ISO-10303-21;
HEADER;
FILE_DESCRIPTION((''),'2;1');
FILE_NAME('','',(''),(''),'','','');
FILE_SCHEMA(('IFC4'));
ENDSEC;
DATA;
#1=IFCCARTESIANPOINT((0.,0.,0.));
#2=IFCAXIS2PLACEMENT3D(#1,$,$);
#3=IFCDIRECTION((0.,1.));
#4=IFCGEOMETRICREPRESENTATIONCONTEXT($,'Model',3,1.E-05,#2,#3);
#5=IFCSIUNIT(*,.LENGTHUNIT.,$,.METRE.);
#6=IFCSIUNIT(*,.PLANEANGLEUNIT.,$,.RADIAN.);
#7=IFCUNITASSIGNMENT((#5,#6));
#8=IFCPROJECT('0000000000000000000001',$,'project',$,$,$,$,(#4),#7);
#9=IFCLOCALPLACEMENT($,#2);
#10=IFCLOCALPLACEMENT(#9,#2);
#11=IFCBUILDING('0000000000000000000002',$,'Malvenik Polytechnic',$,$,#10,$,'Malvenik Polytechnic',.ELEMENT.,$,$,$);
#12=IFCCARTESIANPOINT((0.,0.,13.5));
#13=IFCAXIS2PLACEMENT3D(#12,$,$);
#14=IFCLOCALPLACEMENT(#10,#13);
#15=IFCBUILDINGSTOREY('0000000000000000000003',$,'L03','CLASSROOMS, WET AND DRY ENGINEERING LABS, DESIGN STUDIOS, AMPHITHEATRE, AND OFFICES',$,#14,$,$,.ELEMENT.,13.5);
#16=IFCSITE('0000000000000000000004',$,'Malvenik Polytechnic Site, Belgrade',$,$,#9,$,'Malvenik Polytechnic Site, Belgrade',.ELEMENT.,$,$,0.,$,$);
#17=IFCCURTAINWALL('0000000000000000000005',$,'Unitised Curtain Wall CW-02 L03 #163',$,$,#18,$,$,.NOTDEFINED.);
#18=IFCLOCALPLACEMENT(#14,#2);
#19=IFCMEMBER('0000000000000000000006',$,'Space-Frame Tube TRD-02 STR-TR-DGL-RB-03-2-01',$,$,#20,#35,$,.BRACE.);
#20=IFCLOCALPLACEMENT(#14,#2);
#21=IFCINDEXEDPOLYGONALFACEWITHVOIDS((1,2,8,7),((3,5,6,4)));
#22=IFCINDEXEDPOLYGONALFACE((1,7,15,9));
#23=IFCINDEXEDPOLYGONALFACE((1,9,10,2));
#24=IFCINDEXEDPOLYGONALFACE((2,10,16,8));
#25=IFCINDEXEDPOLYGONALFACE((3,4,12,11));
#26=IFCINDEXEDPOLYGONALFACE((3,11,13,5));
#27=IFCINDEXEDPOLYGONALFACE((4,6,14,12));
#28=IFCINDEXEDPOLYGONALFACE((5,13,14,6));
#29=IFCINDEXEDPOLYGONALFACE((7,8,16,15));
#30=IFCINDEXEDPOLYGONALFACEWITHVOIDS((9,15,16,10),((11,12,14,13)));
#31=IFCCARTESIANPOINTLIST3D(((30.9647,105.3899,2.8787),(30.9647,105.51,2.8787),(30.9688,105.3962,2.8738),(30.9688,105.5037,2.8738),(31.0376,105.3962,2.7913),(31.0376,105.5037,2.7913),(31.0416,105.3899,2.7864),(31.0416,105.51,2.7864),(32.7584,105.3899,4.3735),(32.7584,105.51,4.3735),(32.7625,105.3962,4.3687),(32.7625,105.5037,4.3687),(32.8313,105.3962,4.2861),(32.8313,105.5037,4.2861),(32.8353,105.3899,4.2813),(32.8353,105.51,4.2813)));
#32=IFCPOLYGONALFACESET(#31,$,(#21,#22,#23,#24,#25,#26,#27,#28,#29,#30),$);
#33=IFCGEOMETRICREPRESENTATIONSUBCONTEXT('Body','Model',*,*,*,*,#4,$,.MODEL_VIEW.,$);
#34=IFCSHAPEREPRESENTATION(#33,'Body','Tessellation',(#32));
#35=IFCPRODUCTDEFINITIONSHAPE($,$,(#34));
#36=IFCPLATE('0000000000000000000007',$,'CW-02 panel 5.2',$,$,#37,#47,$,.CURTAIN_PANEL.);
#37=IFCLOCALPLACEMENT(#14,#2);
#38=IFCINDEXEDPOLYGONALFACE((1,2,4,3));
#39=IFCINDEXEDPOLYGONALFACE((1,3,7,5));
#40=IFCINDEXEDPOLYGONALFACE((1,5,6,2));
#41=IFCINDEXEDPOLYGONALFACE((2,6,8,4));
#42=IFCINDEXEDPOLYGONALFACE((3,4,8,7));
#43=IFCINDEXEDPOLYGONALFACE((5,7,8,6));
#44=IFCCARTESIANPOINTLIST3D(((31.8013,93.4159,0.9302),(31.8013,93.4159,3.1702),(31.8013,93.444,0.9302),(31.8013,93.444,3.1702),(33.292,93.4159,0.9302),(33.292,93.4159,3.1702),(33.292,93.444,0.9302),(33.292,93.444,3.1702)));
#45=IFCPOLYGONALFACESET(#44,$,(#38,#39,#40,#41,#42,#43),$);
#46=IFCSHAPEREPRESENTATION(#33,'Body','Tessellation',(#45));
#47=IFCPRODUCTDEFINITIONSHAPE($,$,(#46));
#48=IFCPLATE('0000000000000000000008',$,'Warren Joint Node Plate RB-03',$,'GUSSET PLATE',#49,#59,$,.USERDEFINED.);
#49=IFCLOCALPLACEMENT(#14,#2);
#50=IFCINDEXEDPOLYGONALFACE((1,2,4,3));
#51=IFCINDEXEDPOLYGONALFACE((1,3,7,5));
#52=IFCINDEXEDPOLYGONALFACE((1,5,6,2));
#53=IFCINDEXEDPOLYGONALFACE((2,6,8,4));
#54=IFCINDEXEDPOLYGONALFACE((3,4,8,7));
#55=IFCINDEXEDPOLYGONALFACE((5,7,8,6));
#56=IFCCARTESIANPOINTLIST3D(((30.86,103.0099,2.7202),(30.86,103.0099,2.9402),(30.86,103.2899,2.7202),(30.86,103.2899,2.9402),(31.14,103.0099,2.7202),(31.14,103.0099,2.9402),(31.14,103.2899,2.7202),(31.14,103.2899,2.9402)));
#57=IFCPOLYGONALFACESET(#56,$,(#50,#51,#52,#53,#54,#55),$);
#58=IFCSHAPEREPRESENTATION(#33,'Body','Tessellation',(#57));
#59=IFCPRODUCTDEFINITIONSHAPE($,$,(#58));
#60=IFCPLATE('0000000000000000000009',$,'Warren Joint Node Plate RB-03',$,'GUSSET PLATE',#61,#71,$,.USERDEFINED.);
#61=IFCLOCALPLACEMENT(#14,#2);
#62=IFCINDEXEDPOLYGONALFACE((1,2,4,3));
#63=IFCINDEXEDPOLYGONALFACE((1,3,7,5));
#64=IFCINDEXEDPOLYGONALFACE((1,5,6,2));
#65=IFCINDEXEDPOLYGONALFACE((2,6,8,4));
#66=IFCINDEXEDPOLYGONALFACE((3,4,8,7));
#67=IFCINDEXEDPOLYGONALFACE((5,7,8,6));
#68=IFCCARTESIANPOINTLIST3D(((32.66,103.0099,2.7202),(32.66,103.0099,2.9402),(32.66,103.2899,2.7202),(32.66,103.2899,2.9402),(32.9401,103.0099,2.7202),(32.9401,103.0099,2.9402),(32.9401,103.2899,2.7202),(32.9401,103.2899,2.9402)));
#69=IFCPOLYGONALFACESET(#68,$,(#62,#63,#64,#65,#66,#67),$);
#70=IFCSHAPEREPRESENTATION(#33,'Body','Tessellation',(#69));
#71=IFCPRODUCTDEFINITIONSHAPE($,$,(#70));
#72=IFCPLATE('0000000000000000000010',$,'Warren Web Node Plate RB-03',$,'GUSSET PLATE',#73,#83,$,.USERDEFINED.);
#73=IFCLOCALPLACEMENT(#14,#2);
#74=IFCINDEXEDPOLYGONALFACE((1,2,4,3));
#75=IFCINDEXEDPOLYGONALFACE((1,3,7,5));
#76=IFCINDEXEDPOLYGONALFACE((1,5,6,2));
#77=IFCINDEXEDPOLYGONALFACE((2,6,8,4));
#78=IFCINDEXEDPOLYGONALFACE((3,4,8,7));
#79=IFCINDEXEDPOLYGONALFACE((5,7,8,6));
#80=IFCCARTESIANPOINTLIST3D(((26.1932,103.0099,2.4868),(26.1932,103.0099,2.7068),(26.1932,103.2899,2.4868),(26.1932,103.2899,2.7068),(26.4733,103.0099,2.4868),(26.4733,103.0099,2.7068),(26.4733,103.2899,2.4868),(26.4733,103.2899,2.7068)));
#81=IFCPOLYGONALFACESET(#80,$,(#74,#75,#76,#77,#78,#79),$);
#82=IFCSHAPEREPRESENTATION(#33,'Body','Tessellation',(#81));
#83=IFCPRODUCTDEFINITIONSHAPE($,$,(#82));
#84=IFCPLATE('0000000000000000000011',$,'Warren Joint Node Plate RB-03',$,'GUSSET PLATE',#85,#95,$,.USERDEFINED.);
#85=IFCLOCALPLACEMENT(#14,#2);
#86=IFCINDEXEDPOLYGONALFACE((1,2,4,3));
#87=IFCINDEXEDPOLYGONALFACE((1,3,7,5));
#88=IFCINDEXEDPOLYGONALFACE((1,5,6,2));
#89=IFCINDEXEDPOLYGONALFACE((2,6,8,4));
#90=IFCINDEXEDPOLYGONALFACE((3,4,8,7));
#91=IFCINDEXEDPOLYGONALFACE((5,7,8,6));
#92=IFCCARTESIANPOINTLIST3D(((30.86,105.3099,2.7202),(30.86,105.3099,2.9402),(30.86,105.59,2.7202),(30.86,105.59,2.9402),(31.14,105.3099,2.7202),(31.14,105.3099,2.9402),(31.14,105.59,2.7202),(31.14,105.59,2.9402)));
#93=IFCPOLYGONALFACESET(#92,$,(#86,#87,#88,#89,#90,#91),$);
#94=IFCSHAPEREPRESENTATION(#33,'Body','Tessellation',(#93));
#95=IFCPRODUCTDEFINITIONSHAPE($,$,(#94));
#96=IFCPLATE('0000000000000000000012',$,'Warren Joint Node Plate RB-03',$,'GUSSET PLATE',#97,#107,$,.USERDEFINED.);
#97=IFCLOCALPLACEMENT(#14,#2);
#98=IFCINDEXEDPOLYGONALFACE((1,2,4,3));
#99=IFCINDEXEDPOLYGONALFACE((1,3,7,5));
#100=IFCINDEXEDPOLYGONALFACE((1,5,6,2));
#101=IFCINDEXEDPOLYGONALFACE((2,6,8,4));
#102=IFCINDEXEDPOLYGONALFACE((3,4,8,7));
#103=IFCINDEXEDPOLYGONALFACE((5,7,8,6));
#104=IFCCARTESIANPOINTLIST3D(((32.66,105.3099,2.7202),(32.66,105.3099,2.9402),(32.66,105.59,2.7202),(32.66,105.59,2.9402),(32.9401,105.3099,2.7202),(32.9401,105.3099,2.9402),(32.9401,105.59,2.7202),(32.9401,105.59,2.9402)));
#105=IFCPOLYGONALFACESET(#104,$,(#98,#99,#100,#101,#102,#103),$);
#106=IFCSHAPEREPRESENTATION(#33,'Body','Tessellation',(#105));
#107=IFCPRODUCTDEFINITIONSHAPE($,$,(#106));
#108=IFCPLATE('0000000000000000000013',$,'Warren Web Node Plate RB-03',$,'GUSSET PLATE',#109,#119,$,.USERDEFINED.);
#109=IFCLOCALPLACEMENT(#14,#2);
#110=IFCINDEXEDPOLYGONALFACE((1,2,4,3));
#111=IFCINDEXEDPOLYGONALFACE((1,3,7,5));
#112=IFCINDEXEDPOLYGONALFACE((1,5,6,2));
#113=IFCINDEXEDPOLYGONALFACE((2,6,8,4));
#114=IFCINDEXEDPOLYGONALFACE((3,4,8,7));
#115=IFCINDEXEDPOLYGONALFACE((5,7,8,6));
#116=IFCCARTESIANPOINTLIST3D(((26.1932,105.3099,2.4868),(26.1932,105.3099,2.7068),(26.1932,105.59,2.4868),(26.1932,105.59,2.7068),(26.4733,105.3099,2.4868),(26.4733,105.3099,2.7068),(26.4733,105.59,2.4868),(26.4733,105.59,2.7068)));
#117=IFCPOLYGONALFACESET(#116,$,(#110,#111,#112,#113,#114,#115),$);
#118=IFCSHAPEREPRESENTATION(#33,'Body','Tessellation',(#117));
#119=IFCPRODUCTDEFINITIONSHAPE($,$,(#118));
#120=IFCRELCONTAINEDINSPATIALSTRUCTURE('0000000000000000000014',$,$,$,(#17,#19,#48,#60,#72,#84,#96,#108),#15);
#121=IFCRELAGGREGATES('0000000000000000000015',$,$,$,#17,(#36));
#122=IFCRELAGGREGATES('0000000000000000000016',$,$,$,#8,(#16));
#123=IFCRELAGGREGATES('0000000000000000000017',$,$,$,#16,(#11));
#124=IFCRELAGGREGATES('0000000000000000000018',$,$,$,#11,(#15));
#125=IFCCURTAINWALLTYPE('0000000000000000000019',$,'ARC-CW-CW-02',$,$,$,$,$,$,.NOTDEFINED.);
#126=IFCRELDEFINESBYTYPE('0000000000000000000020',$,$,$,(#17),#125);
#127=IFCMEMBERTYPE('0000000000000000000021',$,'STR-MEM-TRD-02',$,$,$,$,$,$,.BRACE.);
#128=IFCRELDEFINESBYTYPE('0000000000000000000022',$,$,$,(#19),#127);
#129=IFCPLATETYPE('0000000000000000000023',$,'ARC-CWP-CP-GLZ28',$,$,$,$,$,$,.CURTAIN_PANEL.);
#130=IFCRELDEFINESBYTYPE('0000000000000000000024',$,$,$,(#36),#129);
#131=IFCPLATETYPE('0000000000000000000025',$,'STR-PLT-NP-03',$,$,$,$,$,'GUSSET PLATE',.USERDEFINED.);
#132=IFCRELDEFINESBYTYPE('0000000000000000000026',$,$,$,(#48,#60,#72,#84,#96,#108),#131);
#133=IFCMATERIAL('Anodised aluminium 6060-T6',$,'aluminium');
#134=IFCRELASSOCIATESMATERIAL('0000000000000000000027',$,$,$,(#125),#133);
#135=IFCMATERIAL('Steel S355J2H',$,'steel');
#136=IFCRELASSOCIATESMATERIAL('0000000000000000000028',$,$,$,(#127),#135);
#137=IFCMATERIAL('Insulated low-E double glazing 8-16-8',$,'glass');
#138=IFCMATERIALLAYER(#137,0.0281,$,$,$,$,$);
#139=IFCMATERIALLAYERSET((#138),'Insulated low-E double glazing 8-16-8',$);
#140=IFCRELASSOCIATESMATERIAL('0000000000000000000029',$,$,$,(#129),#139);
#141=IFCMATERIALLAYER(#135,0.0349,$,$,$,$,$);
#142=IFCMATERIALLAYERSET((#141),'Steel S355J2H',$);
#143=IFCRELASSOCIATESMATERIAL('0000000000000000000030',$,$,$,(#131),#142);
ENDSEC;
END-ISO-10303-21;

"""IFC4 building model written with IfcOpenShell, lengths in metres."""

from ifc_helpers import new_model, si_unit, direction, frame, origin, origin_2d, place, context, subcontext, project, spatial, rectangle, hollow_rectangle, extrude, material, layer, layer_set, material_profile, profile_set, type_object, element, aggregate, save


model = new_model("IFC4")

# Units and contexts
model_context = context("Model", 3, precision=1e-05, world=origin(), true_north=direction((0.0, 1.0)))
body_context = subcontext(model_context, "Body", "Model", "MODEL_VIEW")
ifc_project = project(units=[si_unit("LENGTHUNIT", "METRE"), si_unit("PLANEANGLEUNIT", "RADIAN")], contexts=[model_context])

# Site, building, storey
site_placement = place(None, origin())
site = spatial("IfcSite", under=ifc_project, at=site_placement, Name="Malvenik Polytechnic Site, Belgrade", LongName="Malvenik Polytechnic Site, Belgrade", CompositionType="ELEMENT", RefElevation=0.0)
building_placement = place(site_placement, origin())
building = spatial("IfcBuilding", under=site, at=building_placement, Name="Malvenik Polytechnic", LongName="Malvenik Polytechnic", CompositionType="ELEMENT")
storey_placement = place(building_placement, frame((0.0, 0.0, 13.5)))
storey = spatial("IfcBuildingStorey", under=building, at=storey_placement, Name="L03", Description="CLASSROOMS, WET AND DRY ENGINEERING LABS, DESIGN STUDIOS, AMPHITHEATRE, AND OFFICES", CompositionType="ELEMENT", Elevation=13.5)

# Shared definitions
ifc_material_1 = material(Name="Steel S355J2H", Category="steel")

# Curtain wall
ifc_material_2 = material(Name="Anodised aluminium 6060-T6", Category="aluminium")
curtain_wall_type = type_object("IfcCurtainWallType", Name="ARC-CW-CW-02", PredefinedType="NOTDEFINED", material=ifc_material_2)
curtain_wall_placement = place(storey_placement, origin())
curtain_wall = element("IfcCurtainWall", 1, at=curtain_wall_placement, inside=storey, type_object=curtain_wall_type, Name="Unitised Curtain Wall CW-02 L03 #163", PredefinedType="NOTDEFINED")

# Member
ifc_material_profile_1 = material_profile(ifc_material_1, hollow_rectangle(XDim=0.1201, YDim=0.1201, WallThickness=0.0063, at=origin_2d()), Name="SHS 120x120x6.3")
ifc_profile_set_1 = profile_set([ifc_material_profile_1], Name="Steel S355J2H")
member_type_1 = type_object("IfcMemberType", Name="STR-MEM-TRD-02", PredefinedType="BRACE", material=ifc_profile_set_1)
member_1_placement = place(storey_placement, frame((31.0032, 105.45, 2.8325), z_axis=(0.768196, 0.0, 0.640215), x_axis=(0.0, 1.0, 0.0)))
element("IfcMember", 2, at=member_1_placement, inside=storey, type_object=member_type_1, Name="Space-Frame Tube TRD-02 STR-TR-DGL-RB-03-2-01", PredefinedType="BRACE", context=body_context, shape_type="SweptSolid", body=[
    extrude(hollow_rectangle(XDim=0.1201, YDim=0.1201, WallThickness=0.0063, at=origin_2d()), origin(), (0.0, 0.0, 1.0), 2.335),
])

# Plate
ifc_material_3 = material(Name="Insulated low-E double glazing 8-16-8", Category="glass")
ifc_layer_1 = layer(ifc_material_3, 0.0281)
ifc_layer_set_1 = layer_set([ifc_layer_1], Name="Insulated low-E double glazing 8-16-8")
plate_type_1 = type_object("IfcPlateType", Name="ARC-CWP-CP-GLZ28", PredefinedType="CURTAIN_PANEL", material=ifc_layer_set_1)
plate_placement = place(storey_placement, frame((32.5466, 93.4299, 0.9302), z_axis=(0.0, 0.0, 1.0), x_axis=(1.0, 0.0, 0.0)))
plate = element("IfcPlate", 3, at=plate_placement, type_object=plate_type_1, Name="CW-02 panel 5.2", PredefinedType="CURTAIN_PANEL", context=body_context, shape_type="SweptSolid", body=[
    extrude(rectangle(XDim=1.4907, YDim=0.0281, at=origin_2d()), origin(), (0.0, 0.0, 1.0), 2.24),
])
aggregate(curtain_wall, [plate])

# Plates
ifc_layer_2 = layer(ifc_material_1, 0.0349)
ifc_layer_set_2 = layer_set([ifc_layer_2], Name="Steel S355J2H")
plate_type_2 = type_object("IfcPlateType", Name="STR-PLT-NP-03", ElementType="GUSSET PLATE", PredefinedType="USERDEFINED", material=ifc_layer_set_2)
for number, where, z_axis, x_axis, name in (
    (4, (31.0, 103.1499, 2.7202), (0.0, 0.0, 1.0), (1.0, 0.0, 0.0), "Warren Joint Node Plate RB-03"),
    (5, (32.8, 103.1499, 2.7202), (0.0, 0.0, 1.0), (1.0, 0.0, 0.0), "Warren Joint Node Plate RB-03"),
    (6, (26.3333, 103.1499, 2.4868), (0.0, 0.0, 1.0), (1.0, 0.0, 0.0), "Warren Web Node Plate RB-03"),
    (7, (31.0, 105.45, 2.7202), (0.0, 0.0, 1.0), (1.0, 0.0, 0.0), "Warren Joint Node Plate RB-03"),
    (8, (32.8, 105.45, 2.7202), (0.0, 0.0, 1.0), (1.0, 0.0, 0.0), "Warren Joint Node Plate RB-03"),
    (9, (26.3333, 105.45, 2.4868), (0.0, 0.0, 1.0), (1.0, 0.0, 0.0), "Warren Web Node Plate RB-03"),
):
    element("IfcPlate", number, at=place(storey_placement, frame(where, z_axis=z_axis, x_axis=x_axis)), inside=storey, type_object=plate_type_2, Name=name, ObjectType="GUSSET PLATE", PredefinedType="USERDEFINED", context=body_context, shape_type="SweptSolid", body=[
        extrude(rectangle(XDim=0.28, YDim=0.28, at=origin_2d()), origin(), (0.0, 0.0, 1.0), 0.22),
    ])

save(model, "model.ifc")
